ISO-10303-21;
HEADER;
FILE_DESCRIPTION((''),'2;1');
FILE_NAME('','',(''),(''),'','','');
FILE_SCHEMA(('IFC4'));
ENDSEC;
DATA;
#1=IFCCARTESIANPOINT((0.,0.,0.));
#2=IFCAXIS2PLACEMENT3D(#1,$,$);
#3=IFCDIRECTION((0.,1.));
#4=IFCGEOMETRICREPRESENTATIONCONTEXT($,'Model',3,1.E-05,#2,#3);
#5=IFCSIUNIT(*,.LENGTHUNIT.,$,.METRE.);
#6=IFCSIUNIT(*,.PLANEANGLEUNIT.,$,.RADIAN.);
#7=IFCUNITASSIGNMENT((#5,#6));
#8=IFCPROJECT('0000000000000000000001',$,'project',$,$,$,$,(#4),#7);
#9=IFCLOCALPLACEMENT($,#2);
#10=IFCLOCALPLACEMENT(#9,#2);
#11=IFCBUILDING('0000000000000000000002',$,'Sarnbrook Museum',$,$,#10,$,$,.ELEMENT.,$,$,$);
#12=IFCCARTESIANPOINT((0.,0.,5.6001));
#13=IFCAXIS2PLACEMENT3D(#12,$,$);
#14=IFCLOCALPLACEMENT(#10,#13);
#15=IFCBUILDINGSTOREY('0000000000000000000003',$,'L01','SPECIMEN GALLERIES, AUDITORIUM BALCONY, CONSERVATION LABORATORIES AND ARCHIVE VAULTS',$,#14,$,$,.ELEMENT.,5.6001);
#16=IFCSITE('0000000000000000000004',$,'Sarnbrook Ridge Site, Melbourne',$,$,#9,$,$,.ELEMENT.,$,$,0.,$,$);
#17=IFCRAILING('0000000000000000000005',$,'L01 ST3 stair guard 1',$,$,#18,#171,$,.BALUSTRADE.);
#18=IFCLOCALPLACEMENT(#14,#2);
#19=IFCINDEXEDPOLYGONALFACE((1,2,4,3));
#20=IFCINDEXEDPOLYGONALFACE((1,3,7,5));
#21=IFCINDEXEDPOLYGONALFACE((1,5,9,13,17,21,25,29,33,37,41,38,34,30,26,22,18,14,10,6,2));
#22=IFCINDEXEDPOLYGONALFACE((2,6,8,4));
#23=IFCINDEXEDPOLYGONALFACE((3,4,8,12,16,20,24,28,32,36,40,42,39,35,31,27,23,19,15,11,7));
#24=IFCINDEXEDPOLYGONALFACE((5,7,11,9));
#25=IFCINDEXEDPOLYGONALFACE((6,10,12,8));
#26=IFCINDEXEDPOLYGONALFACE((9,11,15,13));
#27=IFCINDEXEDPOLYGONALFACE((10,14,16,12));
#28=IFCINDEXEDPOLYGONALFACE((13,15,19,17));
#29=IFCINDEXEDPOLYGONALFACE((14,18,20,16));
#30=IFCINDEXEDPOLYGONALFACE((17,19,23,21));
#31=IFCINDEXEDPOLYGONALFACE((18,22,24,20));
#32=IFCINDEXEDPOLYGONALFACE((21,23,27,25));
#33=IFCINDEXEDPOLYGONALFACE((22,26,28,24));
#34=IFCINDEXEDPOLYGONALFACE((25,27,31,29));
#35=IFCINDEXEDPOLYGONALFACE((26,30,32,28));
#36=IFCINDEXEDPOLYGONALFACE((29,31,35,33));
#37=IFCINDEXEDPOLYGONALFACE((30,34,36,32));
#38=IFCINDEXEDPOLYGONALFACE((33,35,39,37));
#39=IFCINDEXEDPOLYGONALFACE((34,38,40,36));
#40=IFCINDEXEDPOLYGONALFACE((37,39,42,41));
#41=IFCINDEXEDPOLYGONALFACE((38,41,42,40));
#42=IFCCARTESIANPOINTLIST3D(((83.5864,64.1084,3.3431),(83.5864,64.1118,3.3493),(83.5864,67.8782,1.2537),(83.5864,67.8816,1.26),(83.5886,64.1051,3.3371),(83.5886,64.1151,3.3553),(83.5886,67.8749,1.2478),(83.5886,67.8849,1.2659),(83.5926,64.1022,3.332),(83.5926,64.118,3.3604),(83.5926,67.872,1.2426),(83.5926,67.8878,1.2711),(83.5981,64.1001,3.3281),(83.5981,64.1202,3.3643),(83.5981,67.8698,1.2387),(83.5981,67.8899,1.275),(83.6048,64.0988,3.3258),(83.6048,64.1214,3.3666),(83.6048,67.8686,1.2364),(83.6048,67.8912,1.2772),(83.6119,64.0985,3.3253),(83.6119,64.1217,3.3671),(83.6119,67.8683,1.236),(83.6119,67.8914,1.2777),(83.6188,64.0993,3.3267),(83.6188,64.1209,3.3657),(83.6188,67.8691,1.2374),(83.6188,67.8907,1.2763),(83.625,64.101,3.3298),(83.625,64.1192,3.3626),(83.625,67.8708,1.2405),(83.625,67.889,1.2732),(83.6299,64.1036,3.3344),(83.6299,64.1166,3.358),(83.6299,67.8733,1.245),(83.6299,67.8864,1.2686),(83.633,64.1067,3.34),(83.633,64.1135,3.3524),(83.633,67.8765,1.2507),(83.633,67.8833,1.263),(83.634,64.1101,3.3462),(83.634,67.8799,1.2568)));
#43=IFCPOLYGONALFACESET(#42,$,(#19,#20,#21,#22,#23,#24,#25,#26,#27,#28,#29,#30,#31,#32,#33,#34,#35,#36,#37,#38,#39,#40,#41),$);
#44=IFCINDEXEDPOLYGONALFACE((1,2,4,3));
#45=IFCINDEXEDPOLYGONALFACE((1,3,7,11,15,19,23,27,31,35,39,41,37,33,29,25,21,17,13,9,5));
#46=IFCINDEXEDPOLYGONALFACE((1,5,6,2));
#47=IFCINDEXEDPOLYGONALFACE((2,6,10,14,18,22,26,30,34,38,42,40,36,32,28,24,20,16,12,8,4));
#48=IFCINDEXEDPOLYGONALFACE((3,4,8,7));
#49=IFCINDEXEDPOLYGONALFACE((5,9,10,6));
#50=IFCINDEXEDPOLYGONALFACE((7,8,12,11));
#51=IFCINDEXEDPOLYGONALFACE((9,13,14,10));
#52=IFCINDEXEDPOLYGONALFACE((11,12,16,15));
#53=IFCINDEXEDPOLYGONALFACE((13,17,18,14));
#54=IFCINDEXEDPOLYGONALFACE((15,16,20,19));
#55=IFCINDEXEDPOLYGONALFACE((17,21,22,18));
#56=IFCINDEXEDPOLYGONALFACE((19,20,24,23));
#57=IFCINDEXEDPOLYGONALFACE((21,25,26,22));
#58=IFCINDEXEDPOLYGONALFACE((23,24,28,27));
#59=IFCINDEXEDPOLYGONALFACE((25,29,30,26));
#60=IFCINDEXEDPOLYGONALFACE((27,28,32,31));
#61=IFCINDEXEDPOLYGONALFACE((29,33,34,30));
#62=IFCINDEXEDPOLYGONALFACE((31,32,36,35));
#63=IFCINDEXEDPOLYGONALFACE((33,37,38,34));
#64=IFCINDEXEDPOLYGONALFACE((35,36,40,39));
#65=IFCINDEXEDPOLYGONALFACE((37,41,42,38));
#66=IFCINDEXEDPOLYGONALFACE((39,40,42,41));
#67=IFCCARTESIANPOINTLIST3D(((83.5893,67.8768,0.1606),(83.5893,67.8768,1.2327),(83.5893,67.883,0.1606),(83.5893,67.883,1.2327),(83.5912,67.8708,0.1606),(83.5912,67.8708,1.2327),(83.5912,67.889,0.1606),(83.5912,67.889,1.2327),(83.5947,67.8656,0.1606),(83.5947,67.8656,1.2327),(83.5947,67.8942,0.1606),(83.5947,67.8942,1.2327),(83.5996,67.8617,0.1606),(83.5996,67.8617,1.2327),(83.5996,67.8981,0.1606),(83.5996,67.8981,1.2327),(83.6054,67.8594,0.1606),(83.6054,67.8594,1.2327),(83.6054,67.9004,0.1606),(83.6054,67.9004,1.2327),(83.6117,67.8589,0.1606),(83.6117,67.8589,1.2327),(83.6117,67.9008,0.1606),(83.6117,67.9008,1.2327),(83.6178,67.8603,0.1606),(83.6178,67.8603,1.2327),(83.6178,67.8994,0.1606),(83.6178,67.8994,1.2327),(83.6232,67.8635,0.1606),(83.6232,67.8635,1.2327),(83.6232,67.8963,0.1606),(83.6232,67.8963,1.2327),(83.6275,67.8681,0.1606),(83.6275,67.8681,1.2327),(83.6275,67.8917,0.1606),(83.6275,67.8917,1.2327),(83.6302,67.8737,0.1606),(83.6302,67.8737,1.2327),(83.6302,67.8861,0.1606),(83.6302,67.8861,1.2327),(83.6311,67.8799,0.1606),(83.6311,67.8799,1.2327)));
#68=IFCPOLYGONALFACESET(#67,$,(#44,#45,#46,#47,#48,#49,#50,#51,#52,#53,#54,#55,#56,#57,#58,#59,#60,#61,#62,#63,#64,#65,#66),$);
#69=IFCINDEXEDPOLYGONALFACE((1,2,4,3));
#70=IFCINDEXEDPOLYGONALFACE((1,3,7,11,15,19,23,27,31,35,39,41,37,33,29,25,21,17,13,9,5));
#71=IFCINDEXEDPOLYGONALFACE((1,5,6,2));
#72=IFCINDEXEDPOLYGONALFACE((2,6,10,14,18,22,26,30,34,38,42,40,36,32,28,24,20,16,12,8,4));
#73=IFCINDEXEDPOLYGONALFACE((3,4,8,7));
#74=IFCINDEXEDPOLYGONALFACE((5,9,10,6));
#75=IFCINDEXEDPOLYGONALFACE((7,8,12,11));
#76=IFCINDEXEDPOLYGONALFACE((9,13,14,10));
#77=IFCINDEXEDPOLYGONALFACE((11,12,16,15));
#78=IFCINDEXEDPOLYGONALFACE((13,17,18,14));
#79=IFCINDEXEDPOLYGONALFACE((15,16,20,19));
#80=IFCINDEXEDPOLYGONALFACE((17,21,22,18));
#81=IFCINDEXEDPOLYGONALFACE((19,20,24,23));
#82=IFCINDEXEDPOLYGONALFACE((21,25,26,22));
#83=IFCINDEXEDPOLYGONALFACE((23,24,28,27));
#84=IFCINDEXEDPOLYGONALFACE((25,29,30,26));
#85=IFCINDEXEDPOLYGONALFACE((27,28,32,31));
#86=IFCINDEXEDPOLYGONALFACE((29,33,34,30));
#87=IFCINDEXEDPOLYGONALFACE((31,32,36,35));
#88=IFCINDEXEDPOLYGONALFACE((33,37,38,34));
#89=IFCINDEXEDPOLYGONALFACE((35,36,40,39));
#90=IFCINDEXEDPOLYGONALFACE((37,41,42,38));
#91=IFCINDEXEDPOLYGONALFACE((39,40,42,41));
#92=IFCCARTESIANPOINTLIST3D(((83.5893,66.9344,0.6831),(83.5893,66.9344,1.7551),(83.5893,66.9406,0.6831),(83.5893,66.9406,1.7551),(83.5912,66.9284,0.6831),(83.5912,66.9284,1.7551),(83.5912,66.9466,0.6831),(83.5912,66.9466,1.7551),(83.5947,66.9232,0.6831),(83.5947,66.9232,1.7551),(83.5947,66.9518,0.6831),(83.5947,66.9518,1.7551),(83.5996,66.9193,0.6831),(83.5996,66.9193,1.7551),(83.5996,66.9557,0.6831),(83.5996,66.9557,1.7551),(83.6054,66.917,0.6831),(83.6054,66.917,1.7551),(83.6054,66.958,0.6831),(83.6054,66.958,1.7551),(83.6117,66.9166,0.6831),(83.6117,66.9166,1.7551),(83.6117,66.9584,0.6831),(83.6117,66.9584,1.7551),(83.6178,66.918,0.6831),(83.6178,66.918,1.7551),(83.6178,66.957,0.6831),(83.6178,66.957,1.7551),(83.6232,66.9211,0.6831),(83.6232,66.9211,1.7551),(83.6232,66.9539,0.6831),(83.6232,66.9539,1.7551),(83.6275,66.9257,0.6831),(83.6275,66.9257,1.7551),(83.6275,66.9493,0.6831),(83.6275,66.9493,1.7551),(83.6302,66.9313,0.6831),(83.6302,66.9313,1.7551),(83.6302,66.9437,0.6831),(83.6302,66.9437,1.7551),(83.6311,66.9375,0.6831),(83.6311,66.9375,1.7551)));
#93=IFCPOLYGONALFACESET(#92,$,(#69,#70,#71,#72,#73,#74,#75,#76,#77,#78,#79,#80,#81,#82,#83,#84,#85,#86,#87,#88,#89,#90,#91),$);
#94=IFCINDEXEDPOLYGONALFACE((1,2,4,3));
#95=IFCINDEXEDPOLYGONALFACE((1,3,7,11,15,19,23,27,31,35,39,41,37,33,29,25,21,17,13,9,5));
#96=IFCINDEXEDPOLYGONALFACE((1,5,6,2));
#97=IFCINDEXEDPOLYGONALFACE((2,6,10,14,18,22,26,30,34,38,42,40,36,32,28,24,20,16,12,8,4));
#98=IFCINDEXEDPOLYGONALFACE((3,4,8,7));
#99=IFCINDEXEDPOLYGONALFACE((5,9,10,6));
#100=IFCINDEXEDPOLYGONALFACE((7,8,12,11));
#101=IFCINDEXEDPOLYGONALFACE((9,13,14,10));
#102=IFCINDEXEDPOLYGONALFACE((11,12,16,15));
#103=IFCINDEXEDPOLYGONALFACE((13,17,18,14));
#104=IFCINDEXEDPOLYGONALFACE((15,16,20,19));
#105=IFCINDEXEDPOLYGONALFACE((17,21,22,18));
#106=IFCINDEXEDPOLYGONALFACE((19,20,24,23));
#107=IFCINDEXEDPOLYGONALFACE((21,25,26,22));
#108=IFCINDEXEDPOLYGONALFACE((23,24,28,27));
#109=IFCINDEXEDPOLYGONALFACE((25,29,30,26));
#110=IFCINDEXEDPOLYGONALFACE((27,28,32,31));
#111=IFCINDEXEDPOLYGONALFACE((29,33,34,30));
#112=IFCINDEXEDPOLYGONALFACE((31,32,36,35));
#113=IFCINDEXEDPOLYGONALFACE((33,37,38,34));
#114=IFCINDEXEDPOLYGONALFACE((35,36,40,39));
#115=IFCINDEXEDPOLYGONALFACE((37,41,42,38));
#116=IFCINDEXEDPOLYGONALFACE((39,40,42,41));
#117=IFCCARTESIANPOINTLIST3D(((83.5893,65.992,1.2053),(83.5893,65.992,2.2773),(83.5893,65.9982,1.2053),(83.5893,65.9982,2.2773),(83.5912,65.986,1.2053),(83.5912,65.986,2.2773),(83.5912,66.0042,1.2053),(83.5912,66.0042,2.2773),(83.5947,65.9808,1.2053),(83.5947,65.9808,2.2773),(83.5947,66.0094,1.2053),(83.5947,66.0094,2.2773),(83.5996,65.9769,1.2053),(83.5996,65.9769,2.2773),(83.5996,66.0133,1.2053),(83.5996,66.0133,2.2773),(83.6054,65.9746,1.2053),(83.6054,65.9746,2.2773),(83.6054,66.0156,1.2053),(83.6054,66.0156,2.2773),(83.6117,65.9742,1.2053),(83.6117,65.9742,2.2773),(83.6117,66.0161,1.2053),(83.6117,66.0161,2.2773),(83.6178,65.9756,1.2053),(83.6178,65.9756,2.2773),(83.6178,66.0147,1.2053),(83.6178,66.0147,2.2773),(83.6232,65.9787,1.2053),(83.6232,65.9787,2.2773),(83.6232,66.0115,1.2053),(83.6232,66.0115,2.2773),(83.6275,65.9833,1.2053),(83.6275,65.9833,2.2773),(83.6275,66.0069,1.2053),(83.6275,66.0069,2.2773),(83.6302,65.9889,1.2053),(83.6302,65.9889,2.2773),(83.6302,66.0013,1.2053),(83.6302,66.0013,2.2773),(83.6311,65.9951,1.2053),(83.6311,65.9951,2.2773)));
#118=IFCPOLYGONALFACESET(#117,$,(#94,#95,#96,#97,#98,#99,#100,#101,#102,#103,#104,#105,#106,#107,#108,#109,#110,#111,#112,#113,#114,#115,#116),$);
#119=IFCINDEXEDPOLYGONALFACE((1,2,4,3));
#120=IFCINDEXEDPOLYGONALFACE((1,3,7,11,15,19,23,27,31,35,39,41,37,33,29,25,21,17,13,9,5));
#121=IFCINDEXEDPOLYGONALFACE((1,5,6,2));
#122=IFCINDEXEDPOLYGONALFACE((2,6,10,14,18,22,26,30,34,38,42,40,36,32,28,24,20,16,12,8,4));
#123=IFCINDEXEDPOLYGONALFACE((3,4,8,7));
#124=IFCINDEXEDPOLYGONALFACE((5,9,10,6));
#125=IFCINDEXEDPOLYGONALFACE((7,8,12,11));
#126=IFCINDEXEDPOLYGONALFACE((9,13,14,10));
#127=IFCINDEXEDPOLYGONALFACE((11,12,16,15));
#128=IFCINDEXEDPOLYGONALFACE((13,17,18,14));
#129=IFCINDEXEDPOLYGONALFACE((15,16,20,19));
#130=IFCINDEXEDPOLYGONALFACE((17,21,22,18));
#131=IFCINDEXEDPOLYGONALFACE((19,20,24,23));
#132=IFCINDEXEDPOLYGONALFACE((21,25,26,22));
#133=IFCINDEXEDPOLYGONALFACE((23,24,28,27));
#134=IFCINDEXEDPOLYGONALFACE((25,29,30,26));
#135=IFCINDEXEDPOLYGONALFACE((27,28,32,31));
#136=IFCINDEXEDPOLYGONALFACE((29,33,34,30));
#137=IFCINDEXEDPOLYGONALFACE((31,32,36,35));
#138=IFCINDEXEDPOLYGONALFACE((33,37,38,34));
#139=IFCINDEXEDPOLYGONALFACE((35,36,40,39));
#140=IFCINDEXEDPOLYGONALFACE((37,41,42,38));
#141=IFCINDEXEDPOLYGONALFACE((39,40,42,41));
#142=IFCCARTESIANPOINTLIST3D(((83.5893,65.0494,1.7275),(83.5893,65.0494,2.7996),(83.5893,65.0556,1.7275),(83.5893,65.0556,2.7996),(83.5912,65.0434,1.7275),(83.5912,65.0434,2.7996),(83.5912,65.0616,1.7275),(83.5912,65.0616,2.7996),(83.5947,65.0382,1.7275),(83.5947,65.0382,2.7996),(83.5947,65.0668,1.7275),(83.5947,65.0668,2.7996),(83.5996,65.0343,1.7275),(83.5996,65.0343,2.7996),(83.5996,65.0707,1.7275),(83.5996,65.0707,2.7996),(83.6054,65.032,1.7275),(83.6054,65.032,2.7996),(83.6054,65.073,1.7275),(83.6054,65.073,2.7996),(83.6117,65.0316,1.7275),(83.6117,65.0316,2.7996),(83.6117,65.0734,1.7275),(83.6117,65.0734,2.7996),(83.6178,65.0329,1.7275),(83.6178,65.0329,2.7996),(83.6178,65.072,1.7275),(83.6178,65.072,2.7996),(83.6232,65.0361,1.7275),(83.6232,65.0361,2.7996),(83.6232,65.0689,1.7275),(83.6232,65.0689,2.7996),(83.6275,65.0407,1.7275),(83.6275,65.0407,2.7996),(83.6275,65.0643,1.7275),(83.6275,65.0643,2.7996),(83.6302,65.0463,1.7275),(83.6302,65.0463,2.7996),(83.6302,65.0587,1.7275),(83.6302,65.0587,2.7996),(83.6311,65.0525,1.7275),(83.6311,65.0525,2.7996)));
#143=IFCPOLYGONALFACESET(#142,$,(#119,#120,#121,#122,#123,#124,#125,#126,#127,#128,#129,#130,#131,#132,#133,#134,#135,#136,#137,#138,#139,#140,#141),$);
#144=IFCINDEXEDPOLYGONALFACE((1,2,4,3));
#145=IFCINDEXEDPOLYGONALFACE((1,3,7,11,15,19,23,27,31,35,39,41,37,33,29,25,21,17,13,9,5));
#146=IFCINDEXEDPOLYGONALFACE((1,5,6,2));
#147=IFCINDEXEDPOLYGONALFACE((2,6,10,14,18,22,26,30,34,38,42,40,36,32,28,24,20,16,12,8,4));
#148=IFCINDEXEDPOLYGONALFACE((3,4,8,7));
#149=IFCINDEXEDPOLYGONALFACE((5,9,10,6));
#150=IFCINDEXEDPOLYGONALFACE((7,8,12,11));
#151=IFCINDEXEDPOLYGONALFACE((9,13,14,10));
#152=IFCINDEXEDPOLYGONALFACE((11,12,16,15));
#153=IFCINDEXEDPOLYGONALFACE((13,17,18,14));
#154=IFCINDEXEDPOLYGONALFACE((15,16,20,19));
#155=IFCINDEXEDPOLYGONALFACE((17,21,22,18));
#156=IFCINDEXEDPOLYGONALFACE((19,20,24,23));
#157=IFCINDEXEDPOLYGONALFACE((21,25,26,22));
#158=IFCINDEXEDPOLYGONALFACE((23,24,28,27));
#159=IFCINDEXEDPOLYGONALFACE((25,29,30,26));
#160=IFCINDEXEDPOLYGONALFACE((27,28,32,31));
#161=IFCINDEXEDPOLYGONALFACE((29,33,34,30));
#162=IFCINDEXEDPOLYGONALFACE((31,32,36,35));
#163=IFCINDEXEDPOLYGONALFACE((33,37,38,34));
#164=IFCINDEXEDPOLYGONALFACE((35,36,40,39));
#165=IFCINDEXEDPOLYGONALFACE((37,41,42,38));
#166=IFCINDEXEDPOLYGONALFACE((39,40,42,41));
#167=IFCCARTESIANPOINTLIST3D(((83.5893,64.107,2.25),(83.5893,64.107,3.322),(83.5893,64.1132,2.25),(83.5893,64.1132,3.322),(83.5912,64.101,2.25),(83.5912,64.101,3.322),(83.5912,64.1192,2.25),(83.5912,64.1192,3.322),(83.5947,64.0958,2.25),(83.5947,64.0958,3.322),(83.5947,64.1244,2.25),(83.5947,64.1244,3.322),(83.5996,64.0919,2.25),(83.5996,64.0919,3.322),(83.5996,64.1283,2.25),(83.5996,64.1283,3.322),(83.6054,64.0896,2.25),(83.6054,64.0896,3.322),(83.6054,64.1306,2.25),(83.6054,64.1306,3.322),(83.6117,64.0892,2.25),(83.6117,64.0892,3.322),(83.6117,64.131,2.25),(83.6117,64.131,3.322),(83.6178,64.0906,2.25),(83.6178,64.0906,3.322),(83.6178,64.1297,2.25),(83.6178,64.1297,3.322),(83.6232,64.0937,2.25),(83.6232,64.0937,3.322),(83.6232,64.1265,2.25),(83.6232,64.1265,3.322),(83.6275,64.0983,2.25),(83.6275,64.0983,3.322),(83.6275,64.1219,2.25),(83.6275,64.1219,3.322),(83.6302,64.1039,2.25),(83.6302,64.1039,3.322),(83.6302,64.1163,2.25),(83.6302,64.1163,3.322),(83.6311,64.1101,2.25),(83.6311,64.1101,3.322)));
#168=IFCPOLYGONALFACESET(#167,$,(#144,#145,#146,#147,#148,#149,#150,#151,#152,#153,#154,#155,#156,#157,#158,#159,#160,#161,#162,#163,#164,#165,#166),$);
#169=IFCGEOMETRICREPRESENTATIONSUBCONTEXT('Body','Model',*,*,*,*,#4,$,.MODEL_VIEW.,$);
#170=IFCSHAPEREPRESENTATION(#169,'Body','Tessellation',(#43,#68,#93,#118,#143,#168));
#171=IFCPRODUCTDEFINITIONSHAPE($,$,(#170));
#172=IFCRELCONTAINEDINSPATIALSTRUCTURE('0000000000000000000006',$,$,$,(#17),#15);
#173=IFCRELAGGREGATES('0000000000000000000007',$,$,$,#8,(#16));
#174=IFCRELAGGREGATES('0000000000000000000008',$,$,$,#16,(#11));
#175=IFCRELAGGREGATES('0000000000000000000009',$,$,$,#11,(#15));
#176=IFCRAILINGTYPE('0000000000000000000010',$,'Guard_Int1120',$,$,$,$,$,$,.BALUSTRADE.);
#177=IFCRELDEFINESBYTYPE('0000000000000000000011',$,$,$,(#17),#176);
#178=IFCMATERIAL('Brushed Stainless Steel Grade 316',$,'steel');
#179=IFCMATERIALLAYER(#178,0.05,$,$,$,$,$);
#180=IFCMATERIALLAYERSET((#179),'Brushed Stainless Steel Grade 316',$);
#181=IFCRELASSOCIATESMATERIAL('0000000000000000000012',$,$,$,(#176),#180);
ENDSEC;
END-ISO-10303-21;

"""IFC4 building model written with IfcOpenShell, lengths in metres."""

from ifc_helpers import new_model, si_unit, direction, frame, origin, origin_2d, place, context, subcontext, project, spatial, circle, extrude, material, layer, layer_set, type_object, element, save


model = new_model("IFC4")

# Units and contexts
model_context = context("Model", 3, precision=1e-05, world=origin(), true_north=direction((0.0, 1.0)))
body_context = subcontext(model_context, "Body", "Model", "MODEL_VIEW")
ifc_project = project(units=[si_unit("LENGTHUNIT", "METRE"), si_unit("PLANEANGLEUNIT", "RADIAN")], contexts=[model_context])

# Site, building, storey
site_placement = place(None, origin())
site = spatial("IfcSite", under=ifc_project, at=site_placement, Name="Sarnbrook Ridge Site, Melbourne", CompositionType="ELEMENT", RefElevation=0.0)
building_placement = place(site_placement, origin())
building = spatial("IfcBuilding", under=site, at=building_placement, Name="Sarnbrook Museum", CompositionType="ELEMENT")
storey_placement = place(building_placement, frame((0.0, 0.0, 5.6001)))
storey = spatial("IfcBuildingStorey", under=building, at=storey_placement, Name="L01", Description="SPECIMEN GALLERIES, AUDITORIUM BALCONY, CONSERVATION LABORATORIES AND ARCHIVE VAULTS", CompositionType="ELEMENT", Elevation=5.6001)

# Shared definitions
ifc_material_1 = material(Name="Brushed Stainless Steel Grade 316", Category="steel")

# Railing
ifc_layer_1 = layer(ifc_material_1, 0.05)
ifc_layer_set_1 = layer_set([ifc_layer_1], Name="Brushed Stainless Steel Grade 316")
railing_type_1 = type_object("IfcRailingType", Name="Guard_Int1120", PredefinedType="BALUSTRADE", material=ifc_layer_set_1)
railing_1_placement = place(storey_placement, frame((83.6101, 67.8799, 0.1606)))
element("IfcRailing", 1, at=railing_1_placement, inside=storey, type_object=railing_type_1, Name="L01 ST3 stair guard 1", PredefinedType="BALUSTRADE", context=body_context, shape_type="SweptSolid", body=[
    extrude(circle(Radius=0.0239, at=origin_2d()), frame((0.0, 0.0, 1.0962), z_axis=(0.0, -0.874646, 0.484763), x_axis=(1.0, 0.0, 0.0)), (0.0, 0.0, 1.0), 4.3101),
    extrude(circle(Radius=0.021, at=origin_2d()), origin(), (0.0, 0.0, 1.0), 1.072),
    extrude(circle(Radius=0.021, at=origin_2d()), frame((0.0, -0.9424, 0.5225)), (0.0, 0.0, 1.0), 1.072),
    extrude(circle(Radius=0.021, at=origin_2d()), frame((0.0, -1.8848, 1.0447)), (0.0, 0.0, 1.0), 1.072),
    extrude(circle(Radius=0.021, at=origin_2d()), frame((0.0, -2.8274, 1.5669)), (0.0, 0.0, 1.0), 1.072),
    extrude(circle(Radius=0.021, at=origin_2d()), frame((0.0, -3.7698, 2.0894)), (0.0, 0.0, 1.0), 1.072),
])

save(model, "model.ifc")
